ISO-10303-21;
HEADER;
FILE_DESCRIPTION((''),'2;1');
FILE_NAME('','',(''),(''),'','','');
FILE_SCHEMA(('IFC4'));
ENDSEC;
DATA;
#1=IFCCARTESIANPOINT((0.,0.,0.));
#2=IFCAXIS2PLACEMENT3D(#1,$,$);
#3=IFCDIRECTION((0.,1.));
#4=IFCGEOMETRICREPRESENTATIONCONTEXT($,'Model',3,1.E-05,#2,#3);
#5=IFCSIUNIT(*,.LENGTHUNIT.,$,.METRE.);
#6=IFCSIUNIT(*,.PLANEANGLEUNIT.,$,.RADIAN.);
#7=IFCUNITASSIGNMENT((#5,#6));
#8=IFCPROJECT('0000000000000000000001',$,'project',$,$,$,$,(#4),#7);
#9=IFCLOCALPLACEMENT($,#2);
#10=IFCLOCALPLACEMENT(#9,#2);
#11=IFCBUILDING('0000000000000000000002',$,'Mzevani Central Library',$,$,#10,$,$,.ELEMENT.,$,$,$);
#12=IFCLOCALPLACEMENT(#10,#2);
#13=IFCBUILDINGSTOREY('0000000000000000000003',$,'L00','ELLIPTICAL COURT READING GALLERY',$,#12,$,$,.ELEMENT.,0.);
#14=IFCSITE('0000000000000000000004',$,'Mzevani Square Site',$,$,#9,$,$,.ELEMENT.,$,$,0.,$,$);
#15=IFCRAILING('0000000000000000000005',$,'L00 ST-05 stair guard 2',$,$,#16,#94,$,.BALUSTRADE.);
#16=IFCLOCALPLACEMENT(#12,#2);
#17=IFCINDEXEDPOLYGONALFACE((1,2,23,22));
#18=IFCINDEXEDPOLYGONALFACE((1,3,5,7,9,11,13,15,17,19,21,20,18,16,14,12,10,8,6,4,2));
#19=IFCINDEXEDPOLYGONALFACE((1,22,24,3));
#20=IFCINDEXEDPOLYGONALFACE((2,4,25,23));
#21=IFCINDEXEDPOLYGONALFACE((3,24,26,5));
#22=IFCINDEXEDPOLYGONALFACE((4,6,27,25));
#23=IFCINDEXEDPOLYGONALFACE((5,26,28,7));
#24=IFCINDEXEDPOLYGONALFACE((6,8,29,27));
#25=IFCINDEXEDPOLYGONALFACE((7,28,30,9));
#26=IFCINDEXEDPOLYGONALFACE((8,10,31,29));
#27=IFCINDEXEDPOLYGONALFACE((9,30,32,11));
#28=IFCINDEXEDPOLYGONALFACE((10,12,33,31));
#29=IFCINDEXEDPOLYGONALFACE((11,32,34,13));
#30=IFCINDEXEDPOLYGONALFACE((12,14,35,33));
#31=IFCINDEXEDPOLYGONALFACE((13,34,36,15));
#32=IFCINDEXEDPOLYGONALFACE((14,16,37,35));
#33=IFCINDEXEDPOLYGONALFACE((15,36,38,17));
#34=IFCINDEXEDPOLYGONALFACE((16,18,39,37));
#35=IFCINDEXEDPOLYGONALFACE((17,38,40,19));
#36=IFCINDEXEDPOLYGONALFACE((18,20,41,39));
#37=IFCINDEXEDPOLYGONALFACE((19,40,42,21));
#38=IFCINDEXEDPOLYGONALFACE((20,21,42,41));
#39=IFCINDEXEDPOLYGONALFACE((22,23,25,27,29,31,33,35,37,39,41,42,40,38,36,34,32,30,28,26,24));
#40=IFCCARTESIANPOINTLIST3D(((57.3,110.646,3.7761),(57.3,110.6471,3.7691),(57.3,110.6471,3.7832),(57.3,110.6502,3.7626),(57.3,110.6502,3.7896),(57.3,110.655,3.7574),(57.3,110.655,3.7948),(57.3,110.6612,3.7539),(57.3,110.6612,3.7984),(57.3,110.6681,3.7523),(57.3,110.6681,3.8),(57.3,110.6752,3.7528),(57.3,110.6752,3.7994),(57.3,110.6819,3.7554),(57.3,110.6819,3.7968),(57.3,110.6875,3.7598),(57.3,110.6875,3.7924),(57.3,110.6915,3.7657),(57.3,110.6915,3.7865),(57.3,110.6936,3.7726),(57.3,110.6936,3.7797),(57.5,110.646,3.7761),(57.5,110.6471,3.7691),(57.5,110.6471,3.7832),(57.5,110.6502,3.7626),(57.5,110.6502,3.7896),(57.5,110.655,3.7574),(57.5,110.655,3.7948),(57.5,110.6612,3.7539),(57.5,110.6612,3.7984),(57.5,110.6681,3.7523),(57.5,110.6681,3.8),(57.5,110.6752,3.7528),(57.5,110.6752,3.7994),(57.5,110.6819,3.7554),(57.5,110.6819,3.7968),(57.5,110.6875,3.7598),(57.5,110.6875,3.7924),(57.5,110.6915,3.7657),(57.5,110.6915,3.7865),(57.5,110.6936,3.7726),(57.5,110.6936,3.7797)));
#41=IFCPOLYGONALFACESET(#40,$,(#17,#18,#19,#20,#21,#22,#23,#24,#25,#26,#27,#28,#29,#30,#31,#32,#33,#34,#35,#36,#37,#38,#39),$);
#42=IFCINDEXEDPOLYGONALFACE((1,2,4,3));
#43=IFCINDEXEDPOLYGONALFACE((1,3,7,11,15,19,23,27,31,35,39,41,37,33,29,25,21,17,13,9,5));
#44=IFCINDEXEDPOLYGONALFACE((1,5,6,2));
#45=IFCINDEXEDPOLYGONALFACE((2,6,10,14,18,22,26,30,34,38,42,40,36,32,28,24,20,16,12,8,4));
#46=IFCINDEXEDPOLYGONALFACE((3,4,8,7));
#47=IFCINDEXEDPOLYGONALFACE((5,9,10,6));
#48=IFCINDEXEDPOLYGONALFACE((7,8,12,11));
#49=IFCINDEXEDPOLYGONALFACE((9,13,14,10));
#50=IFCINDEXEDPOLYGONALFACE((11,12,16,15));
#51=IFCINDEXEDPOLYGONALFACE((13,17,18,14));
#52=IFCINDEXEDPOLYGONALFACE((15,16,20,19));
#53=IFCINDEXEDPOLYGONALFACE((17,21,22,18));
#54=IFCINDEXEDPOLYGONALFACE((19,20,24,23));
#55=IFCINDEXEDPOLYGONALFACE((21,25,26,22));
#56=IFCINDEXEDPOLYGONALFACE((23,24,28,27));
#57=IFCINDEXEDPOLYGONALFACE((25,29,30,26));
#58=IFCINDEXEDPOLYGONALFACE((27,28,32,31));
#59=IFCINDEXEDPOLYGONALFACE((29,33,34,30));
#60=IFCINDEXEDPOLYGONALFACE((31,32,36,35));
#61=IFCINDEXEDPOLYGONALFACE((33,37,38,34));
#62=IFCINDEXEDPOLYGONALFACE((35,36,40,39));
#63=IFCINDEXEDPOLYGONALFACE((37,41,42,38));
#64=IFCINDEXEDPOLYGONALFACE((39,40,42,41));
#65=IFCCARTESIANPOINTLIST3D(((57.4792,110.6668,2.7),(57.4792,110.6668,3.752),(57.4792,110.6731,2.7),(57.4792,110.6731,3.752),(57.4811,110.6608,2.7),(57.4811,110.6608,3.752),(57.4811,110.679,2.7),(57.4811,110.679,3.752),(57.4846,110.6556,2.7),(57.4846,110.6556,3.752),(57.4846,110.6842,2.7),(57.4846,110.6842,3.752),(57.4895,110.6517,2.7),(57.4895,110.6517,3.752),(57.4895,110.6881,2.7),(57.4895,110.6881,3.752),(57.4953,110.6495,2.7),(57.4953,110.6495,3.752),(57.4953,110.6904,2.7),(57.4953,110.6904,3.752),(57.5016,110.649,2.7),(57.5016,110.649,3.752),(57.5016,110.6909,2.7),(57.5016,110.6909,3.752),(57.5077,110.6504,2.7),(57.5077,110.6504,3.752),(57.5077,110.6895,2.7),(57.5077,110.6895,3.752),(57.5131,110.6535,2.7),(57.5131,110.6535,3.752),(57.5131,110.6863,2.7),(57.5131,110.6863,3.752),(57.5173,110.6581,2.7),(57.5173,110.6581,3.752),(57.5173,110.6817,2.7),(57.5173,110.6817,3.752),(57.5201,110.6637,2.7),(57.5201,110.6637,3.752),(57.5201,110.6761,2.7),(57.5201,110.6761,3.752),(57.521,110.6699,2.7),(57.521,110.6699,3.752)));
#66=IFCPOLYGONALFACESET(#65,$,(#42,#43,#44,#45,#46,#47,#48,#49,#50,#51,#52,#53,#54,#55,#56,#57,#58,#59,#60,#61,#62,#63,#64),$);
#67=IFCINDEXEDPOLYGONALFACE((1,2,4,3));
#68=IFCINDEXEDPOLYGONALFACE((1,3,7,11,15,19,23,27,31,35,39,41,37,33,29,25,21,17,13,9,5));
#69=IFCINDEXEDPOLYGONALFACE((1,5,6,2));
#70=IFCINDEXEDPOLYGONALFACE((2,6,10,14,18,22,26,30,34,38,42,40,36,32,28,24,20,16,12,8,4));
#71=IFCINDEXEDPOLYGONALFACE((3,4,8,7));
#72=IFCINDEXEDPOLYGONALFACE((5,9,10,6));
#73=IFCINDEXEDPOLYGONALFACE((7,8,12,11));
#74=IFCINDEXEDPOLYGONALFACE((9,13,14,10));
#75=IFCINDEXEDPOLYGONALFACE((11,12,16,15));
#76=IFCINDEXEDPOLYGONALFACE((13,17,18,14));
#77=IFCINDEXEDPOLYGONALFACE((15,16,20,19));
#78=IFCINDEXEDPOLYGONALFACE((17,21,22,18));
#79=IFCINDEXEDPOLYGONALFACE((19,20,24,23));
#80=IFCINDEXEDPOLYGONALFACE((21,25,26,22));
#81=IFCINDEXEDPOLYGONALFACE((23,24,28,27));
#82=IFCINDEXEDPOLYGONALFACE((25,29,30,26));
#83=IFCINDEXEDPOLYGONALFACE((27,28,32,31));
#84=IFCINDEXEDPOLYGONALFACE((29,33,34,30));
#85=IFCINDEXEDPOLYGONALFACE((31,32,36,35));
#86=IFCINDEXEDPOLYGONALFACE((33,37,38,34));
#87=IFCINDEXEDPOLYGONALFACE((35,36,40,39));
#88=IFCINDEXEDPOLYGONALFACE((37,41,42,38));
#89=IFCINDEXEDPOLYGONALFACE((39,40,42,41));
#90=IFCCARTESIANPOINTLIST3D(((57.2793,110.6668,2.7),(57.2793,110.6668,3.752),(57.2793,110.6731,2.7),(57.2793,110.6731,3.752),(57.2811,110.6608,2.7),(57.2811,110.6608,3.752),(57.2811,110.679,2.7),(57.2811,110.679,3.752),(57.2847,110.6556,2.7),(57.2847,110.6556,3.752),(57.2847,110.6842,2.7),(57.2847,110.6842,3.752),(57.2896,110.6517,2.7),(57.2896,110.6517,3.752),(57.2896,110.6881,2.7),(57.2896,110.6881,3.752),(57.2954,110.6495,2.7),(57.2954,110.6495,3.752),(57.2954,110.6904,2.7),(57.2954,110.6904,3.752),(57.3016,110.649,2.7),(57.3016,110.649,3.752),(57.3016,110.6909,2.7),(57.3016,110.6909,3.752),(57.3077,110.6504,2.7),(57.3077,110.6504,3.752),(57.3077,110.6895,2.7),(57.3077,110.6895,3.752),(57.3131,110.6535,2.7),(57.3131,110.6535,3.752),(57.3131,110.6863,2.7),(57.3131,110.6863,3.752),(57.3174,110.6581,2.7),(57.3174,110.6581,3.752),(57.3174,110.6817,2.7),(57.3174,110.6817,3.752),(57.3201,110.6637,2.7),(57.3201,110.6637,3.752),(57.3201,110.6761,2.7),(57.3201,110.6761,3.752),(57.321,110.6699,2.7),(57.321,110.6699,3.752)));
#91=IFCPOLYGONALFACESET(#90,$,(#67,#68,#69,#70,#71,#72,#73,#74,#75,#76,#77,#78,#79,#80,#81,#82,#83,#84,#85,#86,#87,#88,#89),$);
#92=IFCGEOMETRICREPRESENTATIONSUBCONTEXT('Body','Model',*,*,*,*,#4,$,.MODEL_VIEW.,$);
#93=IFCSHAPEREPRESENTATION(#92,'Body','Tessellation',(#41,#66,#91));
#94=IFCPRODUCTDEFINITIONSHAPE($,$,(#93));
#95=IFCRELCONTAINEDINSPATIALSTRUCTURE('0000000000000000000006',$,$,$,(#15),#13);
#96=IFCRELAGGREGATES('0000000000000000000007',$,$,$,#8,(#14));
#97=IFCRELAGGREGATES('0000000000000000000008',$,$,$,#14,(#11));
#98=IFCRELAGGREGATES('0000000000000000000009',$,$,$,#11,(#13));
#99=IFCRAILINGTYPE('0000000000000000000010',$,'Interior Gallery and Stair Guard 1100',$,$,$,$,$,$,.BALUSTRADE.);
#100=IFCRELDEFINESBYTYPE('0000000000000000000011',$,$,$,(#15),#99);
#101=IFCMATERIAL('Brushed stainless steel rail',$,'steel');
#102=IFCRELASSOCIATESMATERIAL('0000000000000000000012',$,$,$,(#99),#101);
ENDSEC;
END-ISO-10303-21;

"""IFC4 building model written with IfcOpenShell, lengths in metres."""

from ifc_helpers import new_model, si_unit, direction, frame, origin, origin_2d, place, context, subcontext, project, spatial, circle, extrude, material, type_object, element, save


model = new_model("IFC4")

# Units and contexts
model_context = context("Model", 3, precision=1e-05, world=origin(), true_north=direction((0.0, 1.0)))
body_context = subcontext(model_context, "Body", "Model", "MODEL_VIEW")
ifc_project = project(units=[si_unit("LENGTHUNIT", "METRE"), si_unit("PLANEANGLEUNIT", "RADIAN")], contexts=[model_context])

# Site, building, storey
site_placement = place(None, origin())
site = spatial("IfcSite", under=ifc_project, at=site_placement, Name="Mzevani Square Site", CompositionType="ELEMENT", RefElevation=0.0)
building_placement = place(site_placement, origin())
building = spatial("IfcBuilding", under=site, at=building_placement, Name="Mzevani Central Library", CompositionType="ELEMENT")
storey_placement = place(building_placement, origin())
storey = spatial("IfcBuildingStorey", under=building, at=storey_placement, Name="L00", Description="ELLIPTICAL COURT READING GALLERY", CompositionType="ELEMENT", Elevation=0.0)

# Railing
ifc_material_1 = material(Name="Brushed stainless steel rail", Category="steel")
railing_type_1 = type_object("IfcRailingType", Name="Interior Gallery and Stair Guard 1100", PredefinedType="BALUSTRADE", material=ifc_material_1)
railing_1_placement = place(storey_placement, frame((57.5, 110.6699, 2.7)))
element("IfcRailing", 1, at=railing_1_placement, inside=storey, type_object=railing_type_1, Name="L00 ST-05 stair guard 2", PredefinedType="BALUSTRADE", context=body_context, shape_type="SweptSolid", body=[
    extrude(circle(Radius=0.0239, at=origin_2d()), frame((0.0, 0.0, 1.0762), z_axis=(-1.0, 0.0, 0.0), x_axis=(0.0, -1.0, 0.0)), (0.0, 0.0, 1.0), 0.2),
    extrude(circle(Radius=0.021, at=origin_2d()), origin(), (0.0, 0.0, 1.0), 1.052),
    extrude(circle(Radius=0.021, at=origin_2d()), frame((-0.2, 0.0, 0.0)), (0.0, 0.0, 1.0), 1.052),
])

save(model, "model.ifc")
